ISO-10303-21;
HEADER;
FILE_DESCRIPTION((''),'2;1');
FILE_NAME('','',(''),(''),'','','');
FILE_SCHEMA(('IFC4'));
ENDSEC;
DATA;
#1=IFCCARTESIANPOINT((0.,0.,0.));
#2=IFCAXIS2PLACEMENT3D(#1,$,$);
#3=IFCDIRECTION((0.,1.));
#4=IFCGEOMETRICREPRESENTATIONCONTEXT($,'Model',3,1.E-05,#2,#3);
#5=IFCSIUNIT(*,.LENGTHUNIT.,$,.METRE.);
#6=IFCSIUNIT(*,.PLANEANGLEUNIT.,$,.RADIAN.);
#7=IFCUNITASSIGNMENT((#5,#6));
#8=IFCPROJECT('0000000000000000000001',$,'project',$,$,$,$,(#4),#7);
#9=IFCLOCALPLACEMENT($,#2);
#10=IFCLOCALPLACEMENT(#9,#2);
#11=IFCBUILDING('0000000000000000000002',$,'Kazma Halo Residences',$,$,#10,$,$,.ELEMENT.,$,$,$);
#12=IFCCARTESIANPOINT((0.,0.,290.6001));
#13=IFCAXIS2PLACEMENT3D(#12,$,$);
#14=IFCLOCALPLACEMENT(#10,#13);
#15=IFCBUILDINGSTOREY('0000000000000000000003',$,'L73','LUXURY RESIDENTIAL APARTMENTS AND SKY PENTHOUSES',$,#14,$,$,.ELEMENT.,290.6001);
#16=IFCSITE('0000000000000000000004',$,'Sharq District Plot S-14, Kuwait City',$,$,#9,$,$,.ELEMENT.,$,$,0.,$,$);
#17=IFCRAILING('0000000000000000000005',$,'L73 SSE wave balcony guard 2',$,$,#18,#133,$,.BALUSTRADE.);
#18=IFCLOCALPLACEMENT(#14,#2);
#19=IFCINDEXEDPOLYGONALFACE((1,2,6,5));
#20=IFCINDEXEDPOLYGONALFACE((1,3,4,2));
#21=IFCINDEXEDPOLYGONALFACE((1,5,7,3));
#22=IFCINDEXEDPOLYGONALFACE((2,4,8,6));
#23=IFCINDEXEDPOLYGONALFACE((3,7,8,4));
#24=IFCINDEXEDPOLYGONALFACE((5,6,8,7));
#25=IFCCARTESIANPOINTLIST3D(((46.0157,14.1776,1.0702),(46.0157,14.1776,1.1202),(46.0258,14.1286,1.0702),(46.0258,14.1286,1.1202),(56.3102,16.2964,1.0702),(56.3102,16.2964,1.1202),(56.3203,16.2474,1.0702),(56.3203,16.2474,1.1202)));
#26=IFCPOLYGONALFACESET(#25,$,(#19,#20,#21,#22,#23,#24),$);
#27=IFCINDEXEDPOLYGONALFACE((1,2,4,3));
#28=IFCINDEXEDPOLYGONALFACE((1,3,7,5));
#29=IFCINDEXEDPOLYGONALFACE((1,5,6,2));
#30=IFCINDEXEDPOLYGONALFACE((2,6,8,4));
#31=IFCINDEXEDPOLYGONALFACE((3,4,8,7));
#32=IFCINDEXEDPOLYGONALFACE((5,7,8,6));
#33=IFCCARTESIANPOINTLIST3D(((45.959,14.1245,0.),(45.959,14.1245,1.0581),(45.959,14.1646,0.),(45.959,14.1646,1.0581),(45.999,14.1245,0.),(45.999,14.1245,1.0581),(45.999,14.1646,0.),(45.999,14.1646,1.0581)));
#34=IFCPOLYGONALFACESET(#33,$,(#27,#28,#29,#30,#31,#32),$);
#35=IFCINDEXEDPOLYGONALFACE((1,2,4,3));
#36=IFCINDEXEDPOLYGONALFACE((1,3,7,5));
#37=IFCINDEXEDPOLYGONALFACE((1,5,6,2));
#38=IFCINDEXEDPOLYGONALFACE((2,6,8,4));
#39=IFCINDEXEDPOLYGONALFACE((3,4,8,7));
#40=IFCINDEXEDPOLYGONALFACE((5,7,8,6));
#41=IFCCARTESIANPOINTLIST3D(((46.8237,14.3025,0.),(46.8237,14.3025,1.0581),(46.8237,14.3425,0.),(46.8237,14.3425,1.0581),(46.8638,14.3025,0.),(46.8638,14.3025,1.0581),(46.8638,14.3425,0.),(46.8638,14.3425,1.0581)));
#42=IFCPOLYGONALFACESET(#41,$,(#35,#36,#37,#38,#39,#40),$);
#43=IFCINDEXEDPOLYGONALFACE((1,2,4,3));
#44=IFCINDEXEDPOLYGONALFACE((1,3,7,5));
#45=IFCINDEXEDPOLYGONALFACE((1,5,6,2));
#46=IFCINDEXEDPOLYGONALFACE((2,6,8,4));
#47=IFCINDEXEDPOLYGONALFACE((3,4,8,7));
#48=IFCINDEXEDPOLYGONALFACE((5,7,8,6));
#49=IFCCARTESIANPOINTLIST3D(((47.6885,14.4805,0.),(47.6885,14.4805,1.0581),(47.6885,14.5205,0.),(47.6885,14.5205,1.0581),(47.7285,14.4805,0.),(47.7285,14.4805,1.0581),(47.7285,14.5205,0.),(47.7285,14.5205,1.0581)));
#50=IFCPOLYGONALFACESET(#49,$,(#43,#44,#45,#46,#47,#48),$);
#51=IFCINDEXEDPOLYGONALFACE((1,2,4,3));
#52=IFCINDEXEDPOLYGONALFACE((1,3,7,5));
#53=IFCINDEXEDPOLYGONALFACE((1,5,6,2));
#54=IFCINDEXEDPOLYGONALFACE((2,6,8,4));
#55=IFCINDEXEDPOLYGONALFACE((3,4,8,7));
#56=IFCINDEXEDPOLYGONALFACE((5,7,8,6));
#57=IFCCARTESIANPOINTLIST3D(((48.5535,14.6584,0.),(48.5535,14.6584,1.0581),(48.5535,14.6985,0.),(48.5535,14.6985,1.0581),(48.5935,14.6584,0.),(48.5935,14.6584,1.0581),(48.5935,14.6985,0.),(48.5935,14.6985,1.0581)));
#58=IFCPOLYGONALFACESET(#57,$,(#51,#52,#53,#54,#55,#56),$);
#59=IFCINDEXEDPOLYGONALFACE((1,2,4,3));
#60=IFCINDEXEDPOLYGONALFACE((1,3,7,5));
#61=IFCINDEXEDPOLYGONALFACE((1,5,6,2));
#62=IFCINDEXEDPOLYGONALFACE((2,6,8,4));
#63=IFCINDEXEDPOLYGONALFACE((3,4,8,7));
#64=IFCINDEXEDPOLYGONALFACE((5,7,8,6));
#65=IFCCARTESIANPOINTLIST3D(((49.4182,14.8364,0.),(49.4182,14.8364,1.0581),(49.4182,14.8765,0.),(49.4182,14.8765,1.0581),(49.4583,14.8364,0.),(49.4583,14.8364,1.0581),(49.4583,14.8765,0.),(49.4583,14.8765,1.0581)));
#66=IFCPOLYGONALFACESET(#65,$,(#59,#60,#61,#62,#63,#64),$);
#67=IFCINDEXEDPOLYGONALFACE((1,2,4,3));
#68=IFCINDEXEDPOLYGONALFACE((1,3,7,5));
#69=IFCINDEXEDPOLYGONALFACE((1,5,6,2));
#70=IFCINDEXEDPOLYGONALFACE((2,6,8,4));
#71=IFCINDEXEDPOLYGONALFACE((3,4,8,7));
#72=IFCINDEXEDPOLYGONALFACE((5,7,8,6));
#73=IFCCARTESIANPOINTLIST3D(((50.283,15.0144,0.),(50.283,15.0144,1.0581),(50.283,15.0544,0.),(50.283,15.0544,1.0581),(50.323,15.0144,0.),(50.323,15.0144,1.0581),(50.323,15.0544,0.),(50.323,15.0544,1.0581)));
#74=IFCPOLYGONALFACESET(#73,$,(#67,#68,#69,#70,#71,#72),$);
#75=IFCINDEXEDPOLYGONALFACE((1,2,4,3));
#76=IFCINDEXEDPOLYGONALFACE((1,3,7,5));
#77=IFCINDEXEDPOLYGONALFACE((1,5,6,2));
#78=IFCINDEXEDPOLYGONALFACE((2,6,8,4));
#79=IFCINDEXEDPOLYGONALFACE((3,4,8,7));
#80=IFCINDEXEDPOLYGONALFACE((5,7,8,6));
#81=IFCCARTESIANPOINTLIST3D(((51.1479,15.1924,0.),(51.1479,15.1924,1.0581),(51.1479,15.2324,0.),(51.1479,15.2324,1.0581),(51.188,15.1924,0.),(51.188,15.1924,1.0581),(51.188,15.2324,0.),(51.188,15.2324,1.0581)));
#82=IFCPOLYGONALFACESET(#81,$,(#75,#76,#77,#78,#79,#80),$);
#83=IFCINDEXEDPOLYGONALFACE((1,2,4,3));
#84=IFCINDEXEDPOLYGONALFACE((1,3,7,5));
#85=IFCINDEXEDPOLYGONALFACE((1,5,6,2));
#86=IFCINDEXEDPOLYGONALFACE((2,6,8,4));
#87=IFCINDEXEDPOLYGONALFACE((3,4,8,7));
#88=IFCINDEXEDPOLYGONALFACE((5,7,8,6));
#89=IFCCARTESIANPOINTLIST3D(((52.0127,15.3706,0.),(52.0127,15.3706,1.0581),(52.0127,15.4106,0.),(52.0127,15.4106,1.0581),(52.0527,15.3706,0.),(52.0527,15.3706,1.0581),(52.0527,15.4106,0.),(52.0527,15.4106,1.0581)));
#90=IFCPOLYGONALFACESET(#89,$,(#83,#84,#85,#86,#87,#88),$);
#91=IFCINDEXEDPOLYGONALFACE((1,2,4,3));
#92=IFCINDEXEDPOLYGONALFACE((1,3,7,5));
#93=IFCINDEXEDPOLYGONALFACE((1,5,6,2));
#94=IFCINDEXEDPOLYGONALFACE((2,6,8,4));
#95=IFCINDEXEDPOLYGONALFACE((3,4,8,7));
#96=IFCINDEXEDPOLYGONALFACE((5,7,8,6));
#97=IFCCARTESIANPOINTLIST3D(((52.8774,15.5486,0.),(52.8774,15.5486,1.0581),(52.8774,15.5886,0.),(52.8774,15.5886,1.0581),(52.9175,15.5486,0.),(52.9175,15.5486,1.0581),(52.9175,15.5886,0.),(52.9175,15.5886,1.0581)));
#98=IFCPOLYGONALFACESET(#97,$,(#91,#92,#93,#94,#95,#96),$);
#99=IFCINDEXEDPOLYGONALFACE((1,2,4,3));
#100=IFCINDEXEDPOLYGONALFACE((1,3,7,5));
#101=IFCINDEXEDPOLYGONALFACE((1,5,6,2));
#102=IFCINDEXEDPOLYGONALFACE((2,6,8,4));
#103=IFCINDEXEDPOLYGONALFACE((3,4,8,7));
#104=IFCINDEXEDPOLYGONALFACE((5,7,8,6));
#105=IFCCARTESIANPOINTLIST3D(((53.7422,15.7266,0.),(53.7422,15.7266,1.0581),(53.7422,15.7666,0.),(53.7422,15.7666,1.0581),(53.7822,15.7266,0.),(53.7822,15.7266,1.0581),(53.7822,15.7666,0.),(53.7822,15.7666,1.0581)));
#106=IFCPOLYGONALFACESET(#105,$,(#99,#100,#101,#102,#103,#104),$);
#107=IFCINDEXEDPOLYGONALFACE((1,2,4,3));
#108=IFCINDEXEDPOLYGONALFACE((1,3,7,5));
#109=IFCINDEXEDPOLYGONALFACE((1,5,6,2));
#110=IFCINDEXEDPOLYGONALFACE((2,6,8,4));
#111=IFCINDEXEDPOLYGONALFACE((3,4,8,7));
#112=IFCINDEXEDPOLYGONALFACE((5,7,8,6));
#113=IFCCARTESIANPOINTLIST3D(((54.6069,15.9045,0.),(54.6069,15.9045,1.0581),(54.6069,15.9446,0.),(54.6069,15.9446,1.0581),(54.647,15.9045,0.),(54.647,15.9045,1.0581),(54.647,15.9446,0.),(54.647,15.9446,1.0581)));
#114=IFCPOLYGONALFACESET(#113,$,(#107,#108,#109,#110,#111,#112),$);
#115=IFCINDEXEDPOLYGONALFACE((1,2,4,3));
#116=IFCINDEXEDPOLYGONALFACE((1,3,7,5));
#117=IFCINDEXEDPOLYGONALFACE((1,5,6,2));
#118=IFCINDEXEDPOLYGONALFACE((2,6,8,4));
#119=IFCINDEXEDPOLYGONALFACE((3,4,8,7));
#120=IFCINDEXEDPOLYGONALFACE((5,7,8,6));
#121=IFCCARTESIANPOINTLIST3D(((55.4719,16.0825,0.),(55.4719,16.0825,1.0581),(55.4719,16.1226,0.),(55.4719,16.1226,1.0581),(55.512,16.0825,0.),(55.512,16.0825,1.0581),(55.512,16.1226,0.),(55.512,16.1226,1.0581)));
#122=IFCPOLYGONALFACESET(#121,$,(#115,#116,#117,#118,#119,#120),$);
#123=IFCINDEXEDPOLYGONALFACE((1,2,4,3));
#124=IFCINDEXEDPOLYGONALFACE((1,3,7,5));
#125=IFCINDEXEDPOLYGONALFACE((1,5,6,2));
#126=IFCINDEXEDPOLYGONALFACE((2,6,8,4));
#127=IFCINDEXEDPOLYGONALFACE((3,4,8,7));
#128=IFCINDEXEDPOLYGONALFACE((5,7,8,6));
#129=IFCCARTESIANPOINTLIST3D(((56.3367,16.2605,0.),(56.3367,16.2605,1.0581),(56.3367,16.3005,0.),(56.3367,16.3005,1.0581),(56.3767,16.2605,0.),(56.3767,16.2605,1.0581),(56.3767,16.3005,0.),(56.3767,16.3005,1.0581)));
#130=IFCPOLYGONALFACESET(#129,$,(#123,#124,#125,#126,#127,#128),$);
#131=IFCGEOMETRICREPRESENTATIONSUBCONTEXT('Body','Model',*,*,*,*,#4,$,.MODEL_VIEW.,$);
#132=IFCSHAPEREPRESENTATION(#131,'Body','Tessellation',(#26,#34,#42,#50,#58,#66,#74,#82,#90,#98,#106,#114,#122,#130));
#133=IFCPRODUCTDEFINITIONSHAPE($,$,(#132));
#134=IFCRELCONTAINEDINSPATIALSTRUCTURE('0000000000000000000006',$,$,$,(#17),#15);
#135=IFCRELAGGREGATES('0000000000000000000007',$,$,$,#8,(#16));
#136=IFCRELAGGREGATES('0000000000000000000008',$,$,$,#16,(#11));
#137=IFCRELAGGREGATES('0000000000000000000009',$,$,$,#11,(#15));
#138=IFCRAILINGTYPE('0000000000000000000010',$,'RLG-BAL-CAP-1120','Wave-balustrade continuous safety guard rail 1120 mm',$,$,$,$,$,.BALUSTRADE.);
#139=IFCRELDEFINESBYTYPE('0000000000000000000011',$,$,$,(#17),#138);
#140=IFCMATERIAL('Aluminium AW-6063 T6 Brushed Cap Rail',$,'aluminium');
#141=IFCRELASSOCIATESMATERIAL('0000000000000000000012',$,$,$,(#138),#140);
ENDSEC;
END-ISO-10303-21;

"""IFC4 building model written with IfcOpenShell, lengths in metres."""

from ifc_helpers import new_model, si_unit, direction, frame, origin, origin_2d, place, context, subcontext, project, spatial, rectangle, extrude, material, type_object, element, save


model = new_model("IFC4")

# Units and contexts
model_context = context("Model", 3, precision=1e-05, world=origin(), true_north=direction((0.0, 1.0)))
body_context = subcontext(model_context, "Body", "Model", "MODEL_VIEW")
ifc_project = project(units=[si_unit("LENGTHUNIT", "METRE"), si_unit("PLANEANGLEUNIT", "RADIAN")], contexts=[model_context])

# Site, building, storey
site_placement = place(None, origin())
site = spatial("IfcSite", under=ifc_project, at=site_placement, Name="Sharq District Plot S-14, Kuwait City", CompositionType="ELEMENT", RefElevation=0.0)
building_placement = place(site_placement, origin())
building = spatial("IfcBuilding", under=site, at=building_placement, Name="Kazma Halo Residences", CompositionType="ELEMENT")
storey_placement = place(building_placement, frame((0.0, 0.0, 290.6001)))
storey = spatial("IfcBuildingStorey", under=building, at=storey_placement, Name="L73", Description="LUXURY RESIDENTIAL APARTMENTS AND SKY PENTHOUSES", CompositionType="ELEMENT", Elevation=290.6001)

# Railing
ifc_material_1 = material(Name="Aluminium AW-6063 T6 Brushed Cap Rail", Category="aluminium")
railing_type = type_object("IfcRailingType", Name="RLG-BAL-CAP-1120", Description="Wave-balustrade continuous safety guard rail 1120 mm", PredefinedType="BALUSTRADE", material=ifc_material_1)
railing_1_placement = place(storey_placement, frame((45.979, 14.1445, 0.0)))
element("IfcRailing", 1, at=railing_1_placement, inside=storey, type_object=railing_type, Name="L73 SSE wave balcony guard 2", PredefinedType="BALUSTRADE", context=body_context, shape_type="SweptSolid", body=[
    extrude(rectangle(XDim=0.05, YDim=0.05, at=origin_2d()), frame((0.0417, 0.0085, 1.0952), z_axis=(0.979468, 0.201599, 0.0), x_axis=(-0.201599, 0.979468, 0.0)), (0.0, 0.0, 1.0), 10.5103),
    extrude(rectangle(XDim=0.04, YDim=0.04, at=origin_2d()), origin(), (0.0, 0.0, 1.0), 1.0581),
    extrude(rectangle(XDim=0.04, YDim=0.04, at=origin_2d()), frame((0.8647, 0.178, 0.0)), (0.0, 0.0, 1.0), 1.0581),
    extrude(rectangle(XDim=0.04, YDim=0.04, at=origin_2d()), frame((1.7295, 0.356, 0.0)), (0.0, 0.0, 1.0), 1.0581),
    extrude(rectangle(XDim=0.04, YDim=0.04, at=origin_2d()), frame((2.5945, 0.5339, 0.0)), (0.0, 0.0, 1.0), 1.0581),
    extrude(rectangle(XDim=0.04, YDim=0.04, at=origin_2d()), frame((3.4592, 0.7119, 0.0)), (0.0, 0.0, 1.0), 1.0581),
    extrude(rectangle(XDim=0.04, YDim=0.04, at=origin_2d()), frame((4.324, 0.8899, 0.0)), (0.0, 0.0, 1.0), 1.0581),
    extrude(rectangle(XDim=0.04, YDim=0.04, at=origin_2d()), frame((5.189, 1.0679, 0.0)), (0.0, 0.0, 1.0), 1.0581),
    extrude(rectangle(XDim=0.04, YDim=0.04, at=origin_2d()), frame((6.0537, 1.2461, 0.0)), (0.0, 0.0, 1.0), 1.0581),
    extrude(rectangle(XDim=0.04, YDim=0.04, at=origin_2d()), frame((6.9185, 1.4241, 0.0)), (0.0, 0.0, 1.0), 1.0581),
    extrude(rectangle(XDim=0.04, YDim=0.04, at=origin_2d()), frame((7.7832, 1.6021, 0.0)), (0.0, 0.0, 1.0), 1.0581),
    extrude(rectangle(XDim=0.04, YDim=0.04, at=origin_2d()), frame((8.6479, 1.78, 0.0)), (0.0, 0.0, 1.0), 1.0581),
    extrude(rectangle(XDim=0.04, YDim=0.04, at=origin_2d()), frame((9.5129, 1.958, 0.0)), (0.0, 0.0, 1.0), 1.0581),
    extrude(rectangle(XDim=0.04, YDim=0.04, at=origin_2d()), frame((10.3777, 2.136, 0.0)), (0.0, 0.0, 1.0), 1.0581),
])

save(model, "model.ifc")
